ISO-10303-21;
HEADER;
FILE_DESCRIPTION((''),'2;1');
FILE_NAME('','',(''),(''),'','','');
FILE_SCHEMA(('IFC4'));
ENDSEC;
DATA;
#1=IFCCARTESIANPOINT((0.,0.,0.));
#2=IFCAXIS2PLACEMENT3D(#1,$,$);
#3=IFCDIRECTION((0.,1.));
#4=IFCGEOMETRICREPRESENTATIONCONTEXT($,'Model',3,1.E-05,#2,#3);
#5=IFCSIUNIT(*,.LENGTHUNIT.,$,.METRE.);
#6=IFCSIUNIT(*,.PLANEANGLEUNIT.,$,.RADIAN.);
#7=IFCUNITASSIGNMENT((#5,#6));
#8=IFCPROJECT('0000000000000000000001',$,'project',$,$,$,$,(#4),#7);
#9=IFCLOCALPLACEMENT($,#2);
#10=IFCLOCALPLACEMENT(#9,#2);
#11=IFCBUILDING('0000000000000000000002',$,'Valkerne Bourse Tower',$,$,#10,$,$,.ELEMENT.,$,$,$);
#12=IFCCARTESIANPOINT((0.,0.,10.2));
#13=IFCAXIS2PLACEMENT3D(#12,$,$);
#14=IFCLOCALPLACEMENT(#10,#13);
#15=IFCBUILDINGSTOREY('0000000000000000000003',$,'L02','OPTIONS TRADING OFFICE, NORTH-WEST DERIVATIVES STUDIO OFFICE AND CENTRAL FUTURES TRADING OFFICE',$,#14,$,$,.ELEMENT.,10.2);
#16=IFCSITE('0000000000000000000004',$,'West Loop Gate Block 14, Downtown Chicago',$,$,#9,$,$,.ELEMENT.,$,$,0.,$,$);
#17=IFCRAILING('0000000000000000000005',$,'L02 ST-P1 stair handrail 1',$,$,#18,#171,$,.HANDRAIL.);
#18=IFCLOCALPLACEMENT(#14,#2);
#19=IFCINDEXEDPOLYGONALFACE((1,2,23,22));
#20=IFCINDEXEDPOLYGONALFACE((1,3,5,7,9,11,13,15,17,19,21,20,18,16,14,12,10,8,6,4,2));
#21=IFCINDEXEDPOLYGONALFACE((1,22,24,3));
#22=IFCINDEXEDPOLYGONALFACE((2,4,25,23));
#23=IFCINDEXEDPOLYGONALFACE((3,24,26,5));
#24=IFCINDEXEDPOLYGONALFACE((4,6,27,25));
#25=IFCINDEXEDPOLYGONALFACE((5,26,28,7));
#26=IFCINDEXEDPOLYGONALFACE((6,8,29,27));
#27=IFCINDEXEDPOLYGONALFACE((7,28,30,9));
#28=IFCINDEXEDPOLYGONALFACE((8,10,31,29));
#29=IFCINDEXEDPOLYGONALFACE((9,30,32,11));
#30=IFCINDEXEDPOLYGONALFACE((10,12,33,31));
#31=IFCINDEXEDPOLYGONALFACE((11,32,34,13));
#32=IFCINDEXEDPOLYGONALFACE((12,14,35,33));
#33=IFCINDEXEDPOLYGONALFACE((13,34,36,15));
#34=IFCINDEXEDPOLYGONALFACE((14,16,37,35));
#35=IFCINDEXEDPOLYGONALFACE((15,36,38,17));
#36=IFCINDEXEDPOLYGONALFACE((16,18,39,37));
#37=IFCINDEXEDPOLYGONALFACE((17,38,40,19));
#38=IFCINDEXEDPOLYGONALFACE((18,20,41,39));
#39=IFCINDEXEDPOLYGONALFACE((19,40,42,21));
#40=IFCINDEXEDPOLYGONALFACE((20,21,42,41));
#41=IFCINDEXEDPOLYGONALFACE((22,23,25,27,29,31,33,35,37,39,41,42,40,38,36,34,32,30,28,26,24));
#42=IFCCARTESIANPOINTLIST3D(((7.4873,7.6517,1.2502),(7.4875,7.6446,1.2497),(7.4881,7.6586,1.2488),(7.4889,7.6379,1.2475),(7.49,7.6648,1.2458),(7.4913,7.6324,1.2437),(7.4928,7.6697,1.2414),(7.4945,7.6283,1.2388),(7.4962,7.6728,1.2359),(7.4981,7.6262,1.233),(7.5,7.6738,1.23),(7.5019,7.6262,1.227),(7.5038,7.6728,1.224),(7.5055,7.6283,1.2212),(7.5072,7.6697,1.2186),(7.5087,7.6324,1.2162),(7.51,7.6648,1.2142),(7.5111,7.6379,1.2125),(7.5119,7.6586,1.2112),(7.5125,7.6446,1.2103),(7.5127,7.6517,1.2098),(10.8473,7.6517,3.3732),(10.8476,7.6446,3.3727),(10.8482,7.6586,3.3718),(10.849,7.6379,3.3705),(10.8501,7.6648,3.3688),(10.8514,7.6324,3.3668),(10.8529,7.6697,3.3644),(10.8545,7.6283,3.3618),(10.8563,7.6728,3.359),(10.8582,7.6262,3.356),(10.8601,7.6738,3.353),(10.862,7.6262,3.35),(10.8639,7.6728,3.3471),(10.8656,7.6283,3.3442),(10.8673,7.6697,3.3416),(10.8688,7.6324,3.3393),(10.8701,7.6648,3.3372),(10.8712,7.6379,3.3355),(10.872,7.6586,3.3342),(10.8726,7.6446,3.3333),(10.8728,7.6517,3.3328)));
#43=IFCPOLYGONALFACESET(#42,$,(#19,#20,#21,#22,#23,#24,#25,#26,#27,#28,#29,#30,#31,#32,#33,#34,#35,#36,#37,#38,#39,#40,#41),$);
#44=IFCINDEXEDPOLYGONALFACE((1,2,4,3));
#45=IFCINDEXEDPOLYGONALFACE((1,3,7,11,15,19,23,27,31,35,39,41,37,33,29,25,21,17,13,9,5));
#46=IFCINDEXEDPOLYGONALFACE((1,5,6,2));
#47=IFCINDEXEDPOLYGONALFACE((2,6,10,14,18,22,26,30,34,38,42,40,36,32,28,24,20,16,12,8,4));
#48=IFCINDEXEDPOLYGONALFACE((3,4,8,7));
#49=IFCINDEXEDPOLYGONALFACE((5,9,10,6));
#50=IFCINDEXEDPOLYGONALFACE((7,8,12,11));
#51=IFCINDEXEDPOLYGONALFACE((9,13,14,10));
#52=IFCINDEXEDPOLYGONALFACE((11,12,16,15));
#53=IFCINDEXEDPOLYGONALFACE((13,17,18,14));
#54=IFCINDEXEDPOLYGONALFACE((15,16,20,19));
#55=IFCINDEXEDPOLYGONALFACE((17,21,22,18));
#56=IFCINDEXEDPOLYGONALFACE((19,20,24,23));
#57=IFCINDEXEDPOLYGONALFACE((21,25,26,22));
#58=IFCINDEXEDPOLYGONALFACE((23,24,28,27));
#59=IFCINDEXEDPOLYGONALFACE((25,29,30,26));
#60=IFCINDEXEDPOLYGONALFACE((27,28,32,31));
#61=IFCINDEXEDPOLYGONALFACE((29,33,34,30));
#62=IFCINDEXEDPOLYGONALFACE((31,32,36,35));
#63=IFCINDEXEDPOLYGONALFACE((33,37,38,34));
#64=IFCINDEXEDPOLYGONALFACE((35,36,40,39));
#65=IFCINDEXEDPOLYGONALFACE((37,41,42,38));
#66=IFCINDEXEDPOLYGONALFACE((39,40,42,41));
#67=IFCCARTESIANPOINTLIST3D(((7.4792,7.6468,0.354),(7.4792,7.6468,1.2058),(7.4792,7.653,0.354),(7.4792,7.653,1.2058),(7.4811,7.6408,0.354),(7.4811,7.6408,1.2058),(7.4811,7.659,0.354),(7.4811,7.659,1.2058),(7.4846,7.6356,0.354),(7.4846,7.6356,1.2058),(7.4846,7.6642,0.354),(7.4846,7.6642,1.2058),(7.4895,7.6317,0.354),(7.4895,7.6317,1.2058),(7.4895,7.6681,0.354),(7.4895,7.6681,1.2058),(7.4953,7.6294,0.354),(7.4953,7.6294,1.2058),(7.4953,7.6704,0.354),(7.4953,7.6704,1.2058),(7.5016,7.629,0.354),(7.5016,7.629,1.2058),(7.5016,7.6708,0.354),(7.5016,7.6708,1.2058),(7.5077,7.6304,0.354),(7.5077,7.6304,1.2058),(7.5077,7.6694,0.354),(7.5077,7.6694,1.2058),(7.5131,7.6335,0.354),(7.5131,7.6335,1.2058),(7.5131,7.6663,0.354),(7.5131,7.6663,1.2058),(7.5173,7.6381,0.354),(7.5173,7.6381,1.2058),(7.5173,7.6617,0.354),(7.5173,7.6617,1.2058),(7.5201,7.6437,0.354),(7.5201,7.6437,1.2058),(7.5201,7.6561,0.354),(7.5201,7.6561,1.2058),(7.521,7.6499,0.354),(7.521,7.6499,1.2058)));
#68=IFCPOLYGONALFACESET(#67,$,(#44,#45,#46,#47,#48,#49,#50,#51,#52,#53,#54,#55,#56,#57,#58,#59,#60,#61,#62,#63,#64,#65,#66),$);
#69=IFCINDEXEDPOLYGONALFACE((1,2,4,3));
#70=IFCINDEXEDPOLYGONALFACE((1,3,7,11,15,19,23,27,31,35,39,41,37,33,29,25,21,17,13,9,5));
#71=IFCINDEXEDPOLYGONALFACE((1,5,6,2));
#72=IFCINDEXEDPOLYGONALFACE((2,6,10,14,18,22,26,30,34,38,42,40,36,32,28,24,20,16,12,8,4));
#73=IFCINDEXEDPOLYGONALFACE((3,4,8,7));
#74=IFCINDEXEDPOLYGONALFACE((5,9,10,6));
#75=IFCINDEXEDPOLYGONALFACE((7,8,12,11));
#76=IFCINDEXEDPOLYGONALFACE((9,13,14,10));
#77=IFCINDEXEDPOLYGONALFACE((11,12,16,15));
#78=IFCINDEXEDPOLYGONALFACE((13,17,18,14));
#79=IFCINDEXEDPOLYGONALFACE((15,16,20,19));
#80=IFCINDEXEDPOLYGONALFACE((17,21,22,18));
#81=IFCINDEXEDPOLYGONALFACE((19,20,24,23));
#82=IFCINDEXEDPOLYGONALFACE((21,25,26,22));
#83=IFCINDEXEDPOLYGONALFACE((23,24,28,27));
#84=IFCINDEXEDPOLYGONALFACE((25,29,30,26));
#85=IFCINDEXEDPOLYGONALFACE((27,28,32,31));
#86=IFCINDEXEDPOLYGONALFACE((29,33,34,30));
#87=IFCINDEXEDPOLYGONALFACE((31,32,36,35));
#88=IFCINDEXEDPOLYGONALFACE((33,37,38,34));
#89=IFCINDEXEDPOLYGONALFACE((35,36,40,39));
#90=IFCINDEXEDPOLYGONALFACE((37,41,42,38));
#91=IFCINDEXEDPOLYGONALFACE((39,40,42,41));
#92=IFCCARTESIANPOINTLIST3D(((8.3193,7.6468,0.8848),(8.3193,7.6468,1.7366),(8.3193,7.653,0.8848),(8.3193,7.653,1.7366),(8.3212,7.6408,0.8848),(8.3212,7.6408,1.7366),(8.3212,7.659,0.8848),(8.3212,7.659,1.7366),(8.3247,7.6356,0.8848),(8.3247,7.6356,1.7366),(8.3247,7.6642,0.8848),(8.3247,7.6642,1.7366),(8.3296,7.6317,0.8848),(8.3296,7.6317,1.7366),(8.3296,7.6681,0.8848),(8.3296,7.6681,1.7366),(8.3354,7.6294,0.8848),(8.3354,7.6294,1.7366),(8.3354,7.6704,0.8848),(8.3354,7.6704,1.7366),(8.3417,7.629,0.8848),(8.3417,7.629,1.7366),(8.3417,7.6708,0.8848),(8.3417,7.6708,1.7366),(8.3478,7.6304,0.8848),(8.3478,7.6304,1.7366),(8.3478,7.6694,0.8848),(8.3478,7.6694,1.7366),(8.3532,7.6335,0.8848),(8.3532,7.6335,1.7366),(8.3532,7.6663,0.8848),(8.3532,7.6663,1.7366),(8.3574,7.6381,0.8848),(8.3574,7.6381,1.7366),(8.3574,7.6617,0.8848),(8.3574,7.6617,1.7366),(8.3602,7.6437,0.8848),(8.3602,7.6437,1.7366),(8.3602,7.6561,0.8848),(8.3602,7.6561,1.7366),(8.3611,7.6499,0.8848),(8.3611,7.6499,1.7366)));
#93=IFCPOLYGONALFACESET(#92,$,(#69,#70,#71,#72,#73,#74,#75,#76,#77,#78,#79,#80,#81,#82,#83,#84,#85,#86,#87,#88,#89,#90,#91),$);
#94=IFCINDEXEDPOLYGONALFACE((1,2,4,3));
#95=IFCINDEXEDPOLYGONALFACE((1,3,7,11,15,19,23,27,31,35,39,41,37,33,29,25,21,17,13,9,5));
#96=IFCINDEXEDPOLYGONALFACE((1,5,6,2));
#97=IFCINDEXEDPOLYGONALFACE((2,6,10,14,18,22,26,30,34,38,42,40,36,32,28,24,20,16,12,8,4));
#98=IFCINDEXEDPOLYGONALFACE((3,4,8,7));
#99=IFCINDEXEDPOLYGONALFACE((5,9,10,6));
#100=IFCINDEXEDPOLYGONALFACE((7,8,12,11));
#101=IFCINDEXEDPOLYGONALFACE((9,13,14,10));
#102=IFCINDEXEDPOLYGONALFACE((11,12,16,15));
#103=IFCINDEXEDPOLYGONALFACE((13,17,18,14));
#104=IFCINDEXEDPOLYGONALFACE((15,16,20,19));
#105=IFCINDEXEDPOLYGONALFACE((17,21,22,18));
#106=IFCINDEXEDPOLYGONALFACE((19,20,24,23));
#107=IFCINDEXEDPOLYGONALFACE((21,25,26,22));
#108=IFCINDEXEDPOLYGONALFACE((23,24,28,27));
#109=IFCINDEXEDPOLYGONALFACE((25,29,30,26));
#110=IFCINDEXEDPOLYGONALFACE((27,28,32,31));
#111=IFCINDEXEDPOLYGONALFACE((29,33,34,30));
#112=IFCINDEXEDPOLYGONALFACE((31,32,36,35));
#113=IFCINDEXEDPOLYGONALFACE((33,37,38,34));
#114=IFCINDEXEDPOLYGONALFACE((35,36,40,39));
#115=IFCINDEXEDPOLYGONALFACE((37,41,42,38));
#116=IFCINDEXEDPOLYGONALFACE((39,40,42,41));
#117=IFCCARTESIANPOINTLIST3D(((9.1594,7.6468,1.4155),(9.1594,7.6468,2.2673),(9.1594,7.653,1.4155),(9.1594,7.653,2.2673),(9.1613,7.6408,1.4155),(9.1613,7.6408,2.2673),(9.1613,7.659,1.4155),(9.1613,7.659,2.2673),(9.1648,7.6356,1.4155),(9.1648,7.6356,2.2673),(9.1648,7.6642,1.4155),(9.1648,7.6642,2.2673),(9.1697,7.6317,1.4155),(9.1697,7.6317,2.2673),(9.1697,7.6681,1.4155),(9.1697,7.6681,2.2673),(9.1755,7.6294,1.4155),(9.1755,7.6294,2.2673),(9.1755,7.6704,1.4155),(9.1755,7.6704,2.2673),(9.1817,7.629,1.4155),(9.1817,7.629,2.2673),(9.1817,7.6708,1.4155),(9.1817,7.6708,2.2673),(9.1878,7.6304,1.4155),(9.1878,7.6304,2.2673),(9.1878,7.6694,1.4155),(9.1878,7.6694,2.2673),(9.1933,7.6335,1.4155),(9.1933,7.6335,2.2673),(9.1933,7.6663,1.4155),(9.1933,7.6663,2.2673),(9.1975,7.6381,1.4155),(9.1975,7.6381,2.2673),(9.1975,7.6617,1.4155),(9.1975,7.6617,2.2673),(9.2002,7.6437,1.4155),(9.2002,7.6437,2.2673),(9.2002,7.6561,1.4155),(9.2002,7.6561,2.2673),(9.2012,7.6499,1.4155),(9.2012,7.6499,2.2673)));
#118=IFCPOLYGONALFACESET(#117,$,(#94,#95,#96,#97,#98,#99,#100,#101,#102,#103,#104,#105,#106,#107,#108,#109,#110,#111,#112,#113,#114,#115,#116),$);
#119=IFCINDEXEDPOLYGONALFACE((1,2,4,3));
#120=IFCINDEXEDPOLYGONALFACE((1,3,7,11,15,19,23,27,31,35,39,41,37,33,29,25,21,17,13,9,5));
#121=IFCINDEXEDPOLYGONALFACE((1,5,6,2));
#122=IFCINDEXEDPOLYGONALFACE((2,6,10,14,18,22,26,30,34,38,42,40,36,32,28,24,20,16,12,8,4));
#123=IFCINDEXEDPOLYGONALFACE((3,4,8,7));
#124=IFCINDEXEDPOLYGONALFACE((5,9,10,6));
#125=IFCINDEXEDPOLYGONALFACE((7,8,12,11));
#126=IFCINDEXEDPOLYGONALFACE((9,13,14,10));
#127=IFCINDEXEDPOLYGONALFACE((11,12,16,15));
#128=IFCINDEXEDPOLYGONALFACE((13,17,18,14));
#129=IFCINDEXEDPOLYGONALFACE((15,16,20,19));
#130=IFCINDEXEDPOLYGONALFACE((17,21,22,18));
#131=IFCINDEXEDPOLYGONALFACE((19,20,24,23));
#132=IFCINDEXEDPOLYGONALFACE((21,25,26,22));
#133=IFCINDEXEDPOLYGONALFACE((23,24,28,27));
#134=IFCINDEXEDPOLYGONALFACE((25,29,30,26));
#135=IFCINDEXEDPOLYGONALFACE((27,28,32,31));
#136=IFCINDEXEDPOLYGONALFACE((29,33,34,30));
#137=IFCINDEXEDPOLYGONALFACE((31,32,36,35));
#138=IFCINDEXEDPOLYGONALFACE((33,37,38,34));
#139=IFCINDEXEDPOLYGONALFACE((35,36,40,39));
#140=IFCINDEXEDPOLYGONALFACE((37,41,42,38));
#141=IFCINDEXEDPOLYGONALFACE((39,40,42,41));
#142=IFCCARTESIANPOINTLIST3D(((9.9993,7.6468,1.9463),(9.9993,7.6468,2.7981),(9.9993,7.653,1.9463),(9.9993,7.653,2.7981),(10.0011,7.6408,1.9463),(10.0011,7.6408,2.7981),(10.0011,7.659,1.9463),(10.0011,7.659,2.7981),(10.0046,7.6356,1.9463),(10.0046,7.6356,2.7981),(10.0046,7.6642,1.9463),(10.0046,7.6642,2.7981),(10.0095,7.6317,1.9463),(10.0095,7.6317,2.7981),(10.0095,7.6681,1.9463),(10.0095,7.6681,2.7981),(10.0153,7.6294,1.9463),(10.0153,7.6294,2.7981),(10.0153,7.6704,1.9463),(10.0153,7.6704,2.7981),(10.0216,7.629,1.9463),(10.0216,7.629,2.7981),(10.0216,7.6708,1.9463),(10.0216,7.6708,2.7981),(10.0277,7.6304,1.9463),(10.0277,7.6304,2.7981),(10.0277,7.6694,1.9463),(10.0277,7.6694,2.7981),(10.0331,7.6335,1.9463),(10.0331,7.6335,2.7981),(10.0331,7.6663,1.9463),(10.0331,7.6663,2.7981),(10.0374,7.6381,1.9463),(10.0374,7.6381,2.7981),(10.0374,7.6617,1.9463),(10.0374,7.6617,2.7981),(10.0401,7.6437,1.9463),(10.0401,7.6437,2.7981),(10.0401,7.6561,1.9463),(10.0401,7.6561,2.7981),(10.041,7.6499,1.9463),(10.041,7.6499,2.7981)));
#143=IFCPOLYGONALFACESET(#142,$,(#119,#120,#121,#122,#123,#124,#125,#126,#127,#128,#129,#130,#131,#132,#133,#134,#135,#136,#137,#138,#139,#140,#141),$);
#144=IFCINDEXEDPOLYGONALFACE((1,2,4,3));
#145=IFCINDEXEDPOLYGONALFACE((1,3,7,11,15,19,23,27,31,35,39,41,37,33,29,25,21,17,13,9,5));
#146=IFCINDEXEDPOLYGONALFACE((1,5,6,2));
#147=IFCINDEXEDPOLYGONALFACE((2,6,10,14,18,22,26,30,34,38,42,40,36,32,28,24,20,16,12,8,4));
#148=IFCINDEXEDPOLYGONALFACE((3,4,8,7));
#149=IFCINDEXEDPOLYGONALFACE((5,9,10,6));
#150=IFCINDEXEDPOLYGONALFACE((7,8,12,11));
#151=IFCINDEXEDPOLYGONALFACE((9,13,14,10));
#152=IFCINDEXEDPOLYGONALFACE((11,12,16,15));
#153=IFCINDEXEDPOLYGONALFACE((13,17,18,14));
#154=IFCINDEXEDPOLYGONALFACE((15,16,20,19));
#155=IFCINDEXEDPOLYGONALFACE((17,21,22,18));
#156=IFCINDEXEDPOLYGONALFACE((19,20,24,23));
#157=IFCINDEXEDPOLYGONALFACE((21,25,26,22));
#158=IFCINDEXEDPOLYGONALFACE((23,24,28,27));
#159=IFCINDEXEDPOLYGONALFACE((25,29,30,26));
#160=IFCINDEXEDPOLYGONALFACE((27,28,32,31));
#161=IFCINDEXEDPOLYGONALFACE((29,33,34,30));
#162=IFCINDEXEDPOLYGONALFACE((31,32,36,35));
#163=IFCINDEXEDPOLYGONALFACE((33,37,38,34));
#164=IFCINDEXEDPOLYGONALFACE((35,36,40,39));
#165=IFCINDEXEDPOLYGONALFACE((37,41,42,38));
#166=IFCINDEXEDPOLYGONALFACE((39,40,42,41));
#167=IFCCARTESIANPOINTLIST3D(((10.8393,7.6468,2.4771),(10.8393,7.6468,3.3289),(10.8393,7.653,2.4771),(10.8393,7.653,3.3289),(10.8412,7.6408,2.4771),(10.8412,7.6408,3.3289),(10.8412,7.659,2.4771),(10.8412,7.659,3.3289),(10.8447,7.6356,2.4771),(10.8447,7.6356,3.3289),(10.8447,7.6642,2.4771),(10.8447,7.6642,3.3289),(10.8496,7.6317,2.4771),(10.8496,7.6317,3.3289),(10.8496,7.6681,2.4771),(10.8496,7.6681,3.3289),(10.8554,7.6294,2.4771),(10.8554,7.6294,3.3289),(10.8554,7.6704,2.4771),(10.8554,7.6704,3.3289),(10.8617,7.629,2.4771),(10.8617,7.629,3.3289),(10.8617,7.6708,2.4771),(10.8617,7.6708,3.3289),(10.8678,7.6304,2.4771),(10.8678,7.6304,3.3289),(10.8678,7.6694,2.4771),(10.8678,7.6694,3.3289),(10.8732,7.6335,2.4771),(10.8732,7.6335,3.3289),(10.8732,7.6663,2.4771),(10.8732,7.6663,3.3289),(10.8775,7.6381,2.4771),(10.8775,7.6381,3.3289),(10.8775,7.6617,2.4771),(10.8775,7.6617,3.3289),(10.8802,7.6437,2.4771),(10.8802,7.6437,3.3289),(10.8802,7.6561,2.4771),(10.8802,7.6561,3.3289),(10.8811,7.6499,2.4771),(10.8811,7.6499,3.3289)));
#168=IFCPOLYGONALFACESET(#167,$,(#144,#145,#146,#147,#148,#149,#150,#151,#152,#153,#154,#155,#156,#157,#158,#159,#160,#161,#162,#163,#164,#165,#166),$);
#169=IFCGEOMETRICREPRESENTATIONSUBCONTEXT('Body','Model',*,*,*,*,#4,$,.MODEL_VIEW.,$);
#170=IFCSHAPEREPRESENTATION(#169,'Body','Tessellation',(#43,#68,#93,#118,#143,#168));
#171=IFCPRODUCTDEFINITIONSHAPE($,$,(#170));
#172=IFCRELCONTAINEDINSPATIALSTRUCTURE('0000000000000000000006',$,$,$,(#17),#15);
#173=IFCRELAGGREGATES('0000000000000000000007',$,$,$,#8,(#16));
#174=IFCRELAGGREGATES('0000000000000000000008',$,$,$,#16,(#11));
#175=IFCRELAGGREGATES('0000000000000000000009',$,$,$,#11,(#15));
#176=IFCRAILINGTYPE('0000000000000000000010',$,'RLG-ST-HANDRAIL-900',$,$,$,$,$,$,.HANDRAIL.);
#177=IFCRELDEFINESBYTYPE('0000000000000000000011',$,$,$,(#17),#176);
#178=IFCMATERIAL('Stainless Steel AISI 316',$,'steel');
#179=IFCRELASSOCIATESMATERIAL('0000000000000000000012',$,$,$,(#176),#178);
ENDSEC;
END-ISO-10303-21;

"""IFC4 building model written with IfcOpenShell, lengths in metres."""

from ifc_helpers import new_model, si_unit, direction, frame, origin, origin_2d, place, context, subcontext, project, spatial, circle, extrude, material, type_object, element, save


model = new_model("IFC4")

# Units and contexts
model_context = context("Model", 3, precision=1e-05, world=origin(), true_north=direction((0.0, 1.0)))
body_context = subcontext(model_context, "Body", "Model", "MODEL_VIEW")
ifc_project = project(units=[si_unit("LENGTHUNIT", "METRE"), si_unit("PLANEANGLEUNIT", "RADIAN")], contexts=[model_context])

# Site, building, storey
site_placement = place(None, origin())
site = spatial("IfcSite", under=ifc_project, at=site_placement, Name="West Loop Gate Block 14, Downtown Chicago", CompositionType="ELEMENT", RefElevation=0.0)
building_placement = place(site_placement, origin())
building = spatial("IfcBuilding", under=site, at=building_placement, Name="Valkerne Bourse Tower", CompositionType="ELEMENT")
storey_placement = place(building_placement, frame((0.0, 0.0, 10.2)))
storey = spatial("IfcBuildingStorey", under=building, at=storey_placement, Name="L02", Description="OPTIONS TRADING OFFICE, NORTH-WEST DERIVATIVES STUDIO OFFICE AND CENTRAL FUTURES TRADING OFFICE", CompositionType="ELEMENT", Elevation=10.2)

# Railing
ifc_material_1 = material(Name="Stainless Steel AISI 316", Category="steel")
railing_type_1 = type_object("IfcRailingType", Name="RLG-ST-HANDRAIL-900", PredefinedType="HANDRAIL", material=ifc_material_1)
railing_1_placement = place(storey_placement, frame((7.5, 7.6499, 0.354)))
element("IfcRailing", 1, at=railing_1_placement, inside=storey, type_object=railing_type_1, Name="L02 ST-P1 stair handrail 1", PredefinedType="HANDRAIL", context=body_context, shape_type="SweptSolid", body=[
    extrude(circle(Radius=0.0239, at=origin_2d()), frame((0.0, 0.0, 0.876), z_axis=(0.84539, 0.0, 0.53415), x_axis=(0.0, 1.0, 0.0)), (0.0, 0.0, 1.0), 3.9746),
    extrude(circle(Radius=0.021, at=origin_2d()), origin(), (0.0, 0.0, 1.0), 0.8518),
    extrude(circle(Radius=0.021, at=origin_2d()), frame((0.8401, 0.0, 0.5308)), (0.0, 0.0, 1.0), 0.8518),
    extrude(circle(Radius=0.021, at=origin_2d()), frame((1.6802, 0.0, 1.0615)), (0.0, 0.0, 1.0), 0.8518),
    extrude(circle(Radius=0.021, at=origin_2d()), frame((2.52, 0.0, 1.5923)), (0.0, 0.0, 1.0), 0.8518),
    extrude(circle(Radius=0.021, at=origin_2d()), frame((3.3601, 0.0, 2.123)), (0.0, 0.0, 1.0), 0.8518),
])

save(model, "model.ifc")
